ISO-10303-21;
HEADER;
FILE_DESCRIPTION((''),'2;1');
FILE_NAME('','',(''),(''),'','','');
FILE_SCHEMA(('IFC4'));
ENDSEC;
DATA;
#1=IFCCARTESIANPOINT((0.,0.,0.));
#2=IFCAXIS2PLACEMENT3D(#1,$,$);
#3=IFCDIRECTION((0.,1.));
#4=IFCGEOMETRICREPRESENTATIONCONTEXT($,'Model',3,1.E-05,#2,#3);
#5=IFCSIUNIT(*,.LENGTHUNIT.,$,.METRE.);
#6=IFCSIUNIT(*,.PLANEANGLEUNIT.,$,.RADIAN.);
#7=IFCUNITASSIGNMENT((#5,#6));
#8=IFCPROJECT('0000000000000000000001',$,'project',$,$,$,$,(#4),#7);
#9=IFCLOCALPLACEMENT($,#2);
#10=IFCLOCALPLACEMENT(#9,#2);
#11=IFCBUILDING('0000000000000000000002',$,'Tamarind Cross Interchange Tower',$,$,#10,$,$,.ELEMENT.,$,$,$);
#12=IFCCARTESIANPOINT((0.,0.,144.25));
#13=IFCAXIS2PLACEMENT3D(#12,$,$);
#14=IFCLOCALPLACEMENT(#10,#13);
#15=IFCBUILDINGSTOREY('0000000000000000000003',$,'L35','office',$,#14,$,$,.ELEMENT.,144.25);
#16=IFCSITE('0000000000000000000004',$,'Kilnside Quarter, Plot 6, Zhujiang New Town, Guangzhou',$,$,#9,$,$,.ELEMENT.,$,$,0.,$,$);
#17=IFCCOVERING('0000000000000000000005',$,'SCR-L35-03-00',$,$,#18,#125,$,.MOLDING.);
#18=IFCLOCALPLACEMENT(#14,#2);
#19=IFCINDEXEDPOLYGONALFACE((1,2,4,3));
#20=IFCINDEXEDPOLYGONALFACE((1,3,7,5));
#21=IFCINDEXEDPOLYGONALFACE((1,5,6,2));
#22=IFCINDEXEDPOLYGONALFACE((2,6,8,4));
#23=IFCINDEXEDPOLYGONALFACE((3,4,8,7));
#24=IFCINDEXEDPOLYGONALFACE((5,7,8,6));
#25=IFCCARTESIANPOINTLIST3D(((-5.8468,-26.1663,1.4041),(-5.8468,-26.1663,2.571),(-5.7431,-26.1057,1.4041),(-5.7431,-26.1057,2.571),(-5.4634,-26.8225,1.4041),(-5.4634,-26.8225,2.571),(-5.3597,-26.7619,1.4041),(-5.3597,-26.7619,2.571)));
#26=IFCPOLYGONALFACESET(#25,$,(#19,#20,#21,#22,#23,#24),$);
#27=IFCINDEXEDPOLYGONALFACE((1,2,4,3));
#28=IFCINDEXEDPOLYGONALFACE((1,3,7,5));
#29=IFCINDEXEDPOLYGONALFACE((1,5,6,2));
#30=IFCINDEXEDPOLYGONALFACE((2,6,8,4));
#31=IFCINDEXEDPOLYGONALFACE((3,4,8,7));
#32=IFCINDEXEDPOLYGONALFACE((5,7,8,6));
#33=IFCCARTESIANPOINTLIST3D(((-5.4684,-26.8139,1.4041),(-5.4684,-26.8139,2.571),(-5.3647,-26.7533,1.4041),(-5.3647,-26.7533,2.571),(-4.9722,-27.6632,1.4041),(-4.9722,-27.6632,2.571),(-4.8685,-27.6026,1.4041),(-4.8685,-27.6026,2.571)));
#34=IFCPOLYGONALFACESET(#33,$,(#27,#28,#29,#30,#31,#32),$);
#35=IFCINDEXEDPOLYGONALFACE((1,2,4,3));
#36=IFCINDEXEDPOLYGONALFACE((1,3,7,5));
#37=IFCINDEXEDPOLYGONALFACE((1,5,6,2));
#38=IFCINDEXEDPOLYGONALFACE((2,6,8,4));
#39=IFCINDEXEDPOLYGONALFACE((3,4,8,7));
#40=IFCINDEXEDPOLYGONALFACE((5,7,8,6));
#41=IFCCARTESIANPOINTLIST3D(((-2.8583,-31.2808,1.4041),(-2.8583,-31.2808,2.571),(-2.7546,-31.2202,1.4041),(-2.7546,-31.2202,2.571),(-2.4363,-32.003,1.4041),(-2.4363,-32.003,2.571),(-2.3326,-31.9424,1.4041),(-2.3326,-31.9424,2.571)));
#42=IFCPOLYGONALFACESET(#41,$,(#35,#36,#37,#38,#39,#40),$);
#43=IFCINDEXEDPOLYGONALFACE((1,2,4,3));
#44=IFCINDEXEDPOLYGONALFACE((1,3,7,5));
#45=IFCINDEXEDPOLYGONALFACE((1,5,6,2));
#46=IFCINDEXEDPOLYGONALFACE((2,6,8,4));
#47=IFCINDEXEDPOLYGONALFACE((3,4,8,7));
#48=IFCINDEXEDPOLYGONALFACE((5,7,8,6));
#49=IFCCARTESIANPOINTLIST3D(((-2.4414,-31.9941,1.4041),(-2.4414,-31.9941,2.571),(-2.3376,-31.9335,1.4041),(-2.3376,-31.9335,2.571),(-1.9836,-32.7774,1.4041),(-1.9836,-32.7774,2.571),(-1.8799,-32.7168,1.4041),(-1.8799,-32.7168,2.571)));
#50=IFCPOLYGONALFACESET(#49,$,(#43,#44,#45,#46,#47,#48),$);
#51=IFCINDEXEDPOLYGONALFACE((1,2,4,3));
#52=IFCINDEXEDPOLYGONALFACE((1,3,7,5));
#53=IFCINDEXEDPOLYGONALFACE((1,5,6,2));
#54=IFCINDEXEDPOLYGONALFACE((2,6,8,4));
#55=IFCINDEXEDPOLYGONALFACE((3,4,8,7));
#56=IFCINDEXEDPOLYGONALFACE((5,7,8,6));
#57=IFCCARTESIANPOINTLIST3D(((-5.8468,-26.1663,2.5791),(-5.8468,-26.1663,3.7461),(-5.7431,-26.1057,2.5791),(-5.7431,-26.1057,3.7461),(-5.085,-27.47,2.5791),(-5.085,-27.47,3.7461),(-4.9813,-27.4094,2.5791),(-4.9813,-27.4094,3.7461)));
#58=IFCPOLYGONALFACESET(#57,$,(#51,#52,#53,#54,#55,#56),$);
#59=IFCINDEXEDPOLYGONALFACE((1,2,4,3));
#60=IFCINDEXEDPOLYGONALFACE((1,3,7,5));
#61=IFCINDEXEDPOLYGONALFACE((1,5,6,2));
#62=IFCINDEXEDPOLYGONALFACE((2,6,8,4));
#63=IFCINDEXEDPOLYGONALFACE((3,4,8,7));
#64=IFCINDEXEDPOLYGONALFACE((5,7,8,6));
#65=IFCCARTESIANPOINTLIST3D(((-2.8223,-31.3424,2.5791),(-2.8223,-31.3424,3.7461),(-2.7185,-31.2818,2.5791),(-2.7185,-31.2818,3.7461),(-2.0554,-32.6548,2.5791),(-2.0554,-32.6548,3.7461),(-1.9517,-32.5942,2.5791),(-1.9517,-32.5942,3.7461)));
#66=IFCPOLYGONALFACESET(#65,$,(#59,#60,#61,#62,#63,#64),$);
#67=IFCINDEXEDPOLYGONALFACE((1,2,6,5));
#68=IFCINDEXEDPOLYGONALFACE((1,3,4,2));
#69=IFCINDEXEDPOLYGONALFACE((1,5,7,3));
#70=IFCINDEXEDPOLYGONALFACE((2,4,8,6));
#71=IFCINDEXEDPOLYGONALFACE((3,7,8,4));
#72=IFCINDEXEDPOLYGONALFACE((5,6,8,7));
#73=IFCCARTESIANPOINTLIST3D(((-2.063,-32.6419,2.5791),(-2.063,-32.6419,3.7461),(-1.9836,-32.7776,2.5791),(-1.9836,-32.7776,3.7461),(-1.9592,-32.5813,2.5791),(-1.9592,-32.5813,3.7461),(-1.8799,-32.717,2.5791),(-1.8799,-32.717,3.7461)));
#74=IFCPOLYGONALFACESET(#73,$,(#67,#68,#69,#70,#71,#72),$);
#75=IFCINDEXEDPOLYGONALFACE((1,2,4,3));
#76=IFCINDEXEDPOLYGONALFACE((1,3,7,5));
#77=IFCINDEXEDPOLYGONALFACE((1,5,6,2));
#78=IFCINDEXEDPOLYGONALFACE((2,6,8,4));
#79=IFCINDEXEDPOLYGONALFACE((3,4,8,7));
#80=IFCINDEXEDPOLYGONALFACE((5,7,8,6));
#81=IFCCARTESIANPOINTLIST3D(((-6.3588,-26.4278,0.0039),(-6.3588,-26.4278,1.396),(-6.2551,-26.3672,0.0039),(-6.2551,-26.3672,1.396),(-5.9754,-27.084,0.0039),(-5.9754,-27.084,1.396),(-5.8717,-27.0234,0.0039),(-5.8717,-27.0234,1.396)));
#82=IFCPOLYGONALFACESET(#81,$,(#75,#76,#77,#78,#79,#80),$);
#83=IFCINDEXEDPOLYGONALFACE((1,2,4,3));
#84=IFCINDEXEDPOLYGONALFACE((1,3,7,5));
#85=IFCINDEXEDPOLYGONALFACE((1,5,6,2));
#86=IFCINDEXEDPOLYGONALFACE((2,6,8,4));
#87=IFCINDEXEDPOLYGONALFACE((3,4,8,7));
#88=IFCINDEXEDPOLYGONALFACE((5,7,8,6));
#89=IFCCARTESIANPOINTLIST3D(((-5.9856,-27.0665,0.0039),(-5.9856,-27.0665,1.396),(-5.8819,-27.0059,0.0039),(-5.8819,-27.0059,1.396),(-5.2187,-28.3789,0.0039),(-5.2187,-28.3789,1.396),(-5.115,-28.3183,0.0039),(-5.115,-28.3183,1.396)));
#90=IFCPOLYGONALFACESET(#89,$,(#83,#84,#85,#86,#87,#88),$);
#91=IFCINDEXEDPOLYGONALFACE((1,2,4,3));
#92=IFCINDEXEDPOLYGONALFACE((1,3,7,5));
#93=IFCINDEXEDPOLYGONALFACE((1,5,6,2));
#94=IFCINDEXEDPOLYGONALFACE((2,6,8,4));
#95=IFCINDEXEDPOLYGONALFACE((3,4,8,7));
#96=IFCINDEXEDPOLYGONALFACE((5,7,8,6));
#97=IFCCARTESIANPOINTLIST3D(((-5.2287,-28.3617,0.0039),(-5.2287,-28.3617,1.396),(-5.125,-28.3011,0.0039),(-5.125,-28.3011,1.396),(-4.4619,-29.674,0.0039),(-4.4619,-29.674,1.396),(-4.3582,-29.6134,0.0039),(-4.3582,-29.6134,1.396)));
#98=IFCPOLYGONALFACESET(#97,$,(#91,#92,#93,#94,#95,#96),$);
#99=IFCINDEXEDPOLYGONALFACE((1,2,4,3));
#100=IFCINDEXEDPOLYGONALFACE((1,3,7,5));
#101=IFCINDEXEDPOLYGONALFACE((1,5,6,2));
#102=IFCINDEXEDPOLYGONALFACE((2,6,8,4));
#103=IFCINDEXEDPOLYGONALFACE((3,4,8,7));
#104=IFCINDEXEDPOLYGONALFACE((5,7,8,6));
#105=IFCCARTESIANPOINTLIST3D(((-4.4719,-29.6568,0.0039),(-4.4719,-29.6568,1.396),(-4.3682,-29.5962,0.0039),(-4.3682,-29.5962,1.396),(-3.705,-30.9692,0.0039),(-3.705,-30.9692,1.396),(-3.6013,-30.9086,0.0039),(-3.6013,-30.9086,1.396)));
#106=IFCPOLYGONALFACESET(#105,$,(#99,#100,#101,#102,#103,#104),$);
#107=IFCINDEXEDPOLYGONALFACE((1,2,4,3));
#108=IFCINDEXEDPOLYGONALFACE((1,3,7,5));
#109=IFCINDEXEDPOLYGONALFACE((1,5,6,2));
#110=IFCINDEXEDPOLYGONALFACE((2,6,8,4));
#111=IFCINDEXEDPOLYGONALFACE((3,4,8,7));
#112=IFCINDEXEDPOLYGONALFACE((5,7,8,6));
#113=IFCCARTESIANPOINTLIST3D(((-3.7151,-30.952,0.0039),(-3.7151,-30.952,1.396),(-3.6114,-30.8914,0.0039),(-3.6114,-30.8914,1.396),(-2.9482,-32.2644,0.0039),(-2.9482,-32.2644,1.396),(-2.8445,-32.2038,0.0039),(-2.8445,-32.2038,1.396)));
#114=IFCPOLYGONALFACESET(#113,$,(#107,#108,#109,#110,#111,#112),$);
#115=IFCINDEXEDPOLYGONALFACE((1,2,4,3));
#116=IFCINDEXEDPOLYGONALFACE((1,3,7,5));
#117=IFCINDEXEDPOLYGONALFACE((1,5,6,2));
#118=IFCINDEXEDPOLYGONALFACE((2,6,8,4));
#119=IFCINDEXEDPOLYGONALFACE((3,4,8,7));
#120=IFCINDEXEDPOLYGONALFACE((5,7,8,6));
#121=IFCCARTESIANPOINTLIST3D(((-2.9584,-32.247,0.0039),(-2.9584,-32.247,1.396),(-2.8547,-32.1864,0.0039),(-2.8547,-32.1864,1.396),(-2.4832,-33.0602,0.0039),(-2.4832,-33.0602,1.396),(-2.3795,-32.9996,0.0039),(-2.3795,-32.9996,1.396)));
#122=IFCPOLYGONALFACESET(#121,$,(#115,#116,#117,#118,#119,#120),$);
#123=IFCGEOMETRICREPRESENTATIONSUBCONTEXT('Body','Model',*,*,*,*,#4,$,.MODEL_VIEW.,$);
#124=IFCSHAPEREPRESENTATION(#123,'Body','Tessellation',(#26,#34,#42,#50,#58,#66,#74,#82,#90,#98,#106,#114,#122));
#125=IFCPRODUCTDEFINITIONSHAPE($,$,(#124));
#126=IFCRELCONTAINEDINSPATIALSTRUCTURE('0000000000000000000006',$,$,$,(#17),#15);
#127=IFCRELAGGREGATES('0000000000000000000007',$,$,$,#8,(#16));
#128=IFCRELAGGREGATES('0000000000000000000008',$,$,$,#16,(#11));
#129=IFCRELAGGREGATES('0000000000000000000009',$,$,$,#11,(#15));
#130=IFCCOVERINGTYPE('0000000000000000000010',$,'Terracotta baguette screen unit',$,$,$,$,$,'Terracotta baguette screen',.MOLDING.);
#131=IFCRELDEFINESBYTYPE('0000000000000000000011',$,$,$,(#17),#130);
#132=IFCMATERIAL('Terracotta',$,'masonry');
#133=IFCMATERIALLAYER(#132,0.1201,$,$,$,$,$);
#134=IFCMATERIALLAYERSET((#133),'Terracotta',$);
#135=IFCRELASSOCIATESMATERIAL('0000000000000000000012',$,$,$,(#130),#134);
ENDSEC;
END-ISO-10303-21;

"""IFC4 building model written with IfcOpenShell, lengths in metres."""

from ifc_helpers import new_model, si_unit, direction, frame, origin, origin_2d, place, context, subcontext, project, spatial, rectangle, extrude, material, layer, layer_set, type_object, element, save


model = new_model("IFC4")

# Units and contexts
model_context = context("Model", 3, precision=1e-05, world=origin(), true_north=direction((0.0, 1.0)))
body_context = subcontext(model_context, "Body", "Model", "MODEL_VIEW")
ifc_project = project(units=[si_unit("LENGTHUNIT", "METRE"), si_unit("PLANEANGLEUNIT", "RADIAN")], contexts=[model_context])

# Site, building, storey
site_placement = place(None, origin())
site = spatial("IfcSite", under=ifc_project, at=site_placement, Name="Kilnside Quarter, Plot 6, Zhujiang New Town, Guangzhou", CompositionType="ELEMENT", RefElevation=0.0)
building_placement = place(site_placement, origin())
building = spatial("IfcBuilding", under=site, at=building_placement, Name="Tamarind Cross Interchange Tower", CompositionType="ELEMENT")
storey_placement = place(building_placement, frame((0.0, 0.0, 144.25)))
storey = spatial("IfcBuildingStorey", under=building, at=storey_placement, Name="L35", Description="office", CompositionType="ELEMENT", Elevation=144.25)

# Covering
ifc_material_1 = material(Name="Terracotta", Category="masonry")
ifc_layer_1 = layer(ifc_material_1, 0.1201)
ifc_layer_set_1 = layer_set([ifc_layer_1], Name="Terracotta")
covering_type = type_object("IfcCoveringType", Name="Terracotta baguette screen unit", ElementType="Terracotta baguette screen", PredefinedType="MOLDING", material=ifc_layer_set_1)
covering_1_placement = place(storey_placement, origin())
element("IfcCovering", 1, at=covering_1_placement, inside=storey, type_object=covering_type, Name="SCR-L35-03-00", PredefinedType="MOLDING", context=body_context, shape_type="SweptSolid", body=[
    extrude(rectangle(XDim=0.76, YDim=0.1201, at=origin_2d()), frame((-5.6033, -26.4641, 1.4041), z_axis=(0.0, 0.0, 1.0), x_axis=(0.504516, -0.863403, 0.0)), (0.0, 0.0, 1.0), 1.167),
    extrude(rectangle(XDim=0.9836, YDim=0.1201, at=origin_2d()), frame((-5.1685, -27.2083, 1.4041), z_axis=(0.0, 0.0, 1.0), x_axis=(0.504516, -0.863403, 0.0)), (0.0, 0.0, 1.0), 1.167),
    extrude(rectangle(XDim=0.8364, YDim=0.1201, at=origin_2d()), frame((-2.5955, -31.6116, 1.4041), z_axis=(0.0, 0.0, 1.0), x_axis=(0.504516, -0.863403, 0.0)), (0.0, 0.0, 1.0), 1.167),
    extrude(rectangle(XDim=0.9072, YDim=0.1201, at=origin_2d()), frame((-2.1606, -32.3555, 1.4041), z_axis=(0.0, 0.0, 1.0), x_axis=(0.504516, -0.863403, 0.0)), (0.0, 0.0, 1.0), 1.167),
    extrude(rectangle(XDim=1.51, YDim=0.1201, at=origin_2d()), frame((-5.4141, -26.7878, 2.5791), z_axis=(0.0, 0.0, 1.0), x_axis=(0.504516, -0.863403, 0.0)), (0.0, 0.0, 1.0), 1.167),
    extrude(rectangle(XDim=1.52, YDim=0.1201, at=origin_2d()), frame((-2.387, -31.9683, 2.5791), z_axis=(0.0, 0.0, 1.0), x_axis=(0.504516, -0.863403, 0.0)), (0.0, 0.0, 1.0), 1.167),
    extrude(rectangle(XDim=0.1572, YDim=0.1201, at=origin_2d()), frame((-1.9714, -32.6794, 2.5791), z_axis=(0.0, 0.0, 1.0), x_axis=(0.504516, -0.863403, 0.0)), (0.0, 0.0, 1.0), 1.167),
    extrude(rectangle(XDim=0.76, YDim=0.1201, at=origin_2d()), frame((-6.1152, -26.7256, 0.0039), z_axis=(0.0, 0.0, 1.0), x_axis=(0.504516, -0.863403, 0.0)), (0.0, 0.0, 1.0), 1.3921),
    extrude(rectangle(XDim=1.52, YDim=0.1201, at=origin_2d()), frame((-5.5503, -27.6924, 0.0039), z_axis=(0.0, 0.0, 1.0), x_axis=(0.504516, -0.863403, 0.0)), (0.0, 0.0, 1.0), 1.3921),
    extrude(rectangle(XDim=1.52, YDim=0.1201, at=origin_2d()), frame((-4.7935, -28.9875, 0.0039), z_axis=(0.0, 0.0, 1.0), x_axis=(0.504516, -0.863403, 0.0)), (0.0, 0.0, 1.0), 1.3921),
    extrude(rectangle(XDim=1.52, YDim=0.1201, at=origin_2d()), frame((-4.0366, -30.2827, 0.0039), z_axis=(0.0, 0.0, 1.0), x_axis=(0.504516, -0.863403, 0.0)), (0.0, 0.0, 1.0), 1.3921),
    extrude(rectangle(XDim=1.52, YDim=0.1201, at=origin_2d()), frame((-3.2798, -31.5779, 0.0039), z_axis=(0.0, 0.0, 1.0), x_axis=(0.504516, -0.863403, 0.0)), (0.0, 0.0, 1.0), 1.3921),
    extrude(rectangle(XDim=0.9419, YDim=0.1201, at=origin_2d()), frame((-2.6689, -32.6233, 0.0039), z_axis=(0.0, 0.0, 1.0), x_axis=(0.504516, -0.863403, 0.0)), (0.0, 0.0, 1.0), 1.3921),
])

save(model, "model.ifc")
